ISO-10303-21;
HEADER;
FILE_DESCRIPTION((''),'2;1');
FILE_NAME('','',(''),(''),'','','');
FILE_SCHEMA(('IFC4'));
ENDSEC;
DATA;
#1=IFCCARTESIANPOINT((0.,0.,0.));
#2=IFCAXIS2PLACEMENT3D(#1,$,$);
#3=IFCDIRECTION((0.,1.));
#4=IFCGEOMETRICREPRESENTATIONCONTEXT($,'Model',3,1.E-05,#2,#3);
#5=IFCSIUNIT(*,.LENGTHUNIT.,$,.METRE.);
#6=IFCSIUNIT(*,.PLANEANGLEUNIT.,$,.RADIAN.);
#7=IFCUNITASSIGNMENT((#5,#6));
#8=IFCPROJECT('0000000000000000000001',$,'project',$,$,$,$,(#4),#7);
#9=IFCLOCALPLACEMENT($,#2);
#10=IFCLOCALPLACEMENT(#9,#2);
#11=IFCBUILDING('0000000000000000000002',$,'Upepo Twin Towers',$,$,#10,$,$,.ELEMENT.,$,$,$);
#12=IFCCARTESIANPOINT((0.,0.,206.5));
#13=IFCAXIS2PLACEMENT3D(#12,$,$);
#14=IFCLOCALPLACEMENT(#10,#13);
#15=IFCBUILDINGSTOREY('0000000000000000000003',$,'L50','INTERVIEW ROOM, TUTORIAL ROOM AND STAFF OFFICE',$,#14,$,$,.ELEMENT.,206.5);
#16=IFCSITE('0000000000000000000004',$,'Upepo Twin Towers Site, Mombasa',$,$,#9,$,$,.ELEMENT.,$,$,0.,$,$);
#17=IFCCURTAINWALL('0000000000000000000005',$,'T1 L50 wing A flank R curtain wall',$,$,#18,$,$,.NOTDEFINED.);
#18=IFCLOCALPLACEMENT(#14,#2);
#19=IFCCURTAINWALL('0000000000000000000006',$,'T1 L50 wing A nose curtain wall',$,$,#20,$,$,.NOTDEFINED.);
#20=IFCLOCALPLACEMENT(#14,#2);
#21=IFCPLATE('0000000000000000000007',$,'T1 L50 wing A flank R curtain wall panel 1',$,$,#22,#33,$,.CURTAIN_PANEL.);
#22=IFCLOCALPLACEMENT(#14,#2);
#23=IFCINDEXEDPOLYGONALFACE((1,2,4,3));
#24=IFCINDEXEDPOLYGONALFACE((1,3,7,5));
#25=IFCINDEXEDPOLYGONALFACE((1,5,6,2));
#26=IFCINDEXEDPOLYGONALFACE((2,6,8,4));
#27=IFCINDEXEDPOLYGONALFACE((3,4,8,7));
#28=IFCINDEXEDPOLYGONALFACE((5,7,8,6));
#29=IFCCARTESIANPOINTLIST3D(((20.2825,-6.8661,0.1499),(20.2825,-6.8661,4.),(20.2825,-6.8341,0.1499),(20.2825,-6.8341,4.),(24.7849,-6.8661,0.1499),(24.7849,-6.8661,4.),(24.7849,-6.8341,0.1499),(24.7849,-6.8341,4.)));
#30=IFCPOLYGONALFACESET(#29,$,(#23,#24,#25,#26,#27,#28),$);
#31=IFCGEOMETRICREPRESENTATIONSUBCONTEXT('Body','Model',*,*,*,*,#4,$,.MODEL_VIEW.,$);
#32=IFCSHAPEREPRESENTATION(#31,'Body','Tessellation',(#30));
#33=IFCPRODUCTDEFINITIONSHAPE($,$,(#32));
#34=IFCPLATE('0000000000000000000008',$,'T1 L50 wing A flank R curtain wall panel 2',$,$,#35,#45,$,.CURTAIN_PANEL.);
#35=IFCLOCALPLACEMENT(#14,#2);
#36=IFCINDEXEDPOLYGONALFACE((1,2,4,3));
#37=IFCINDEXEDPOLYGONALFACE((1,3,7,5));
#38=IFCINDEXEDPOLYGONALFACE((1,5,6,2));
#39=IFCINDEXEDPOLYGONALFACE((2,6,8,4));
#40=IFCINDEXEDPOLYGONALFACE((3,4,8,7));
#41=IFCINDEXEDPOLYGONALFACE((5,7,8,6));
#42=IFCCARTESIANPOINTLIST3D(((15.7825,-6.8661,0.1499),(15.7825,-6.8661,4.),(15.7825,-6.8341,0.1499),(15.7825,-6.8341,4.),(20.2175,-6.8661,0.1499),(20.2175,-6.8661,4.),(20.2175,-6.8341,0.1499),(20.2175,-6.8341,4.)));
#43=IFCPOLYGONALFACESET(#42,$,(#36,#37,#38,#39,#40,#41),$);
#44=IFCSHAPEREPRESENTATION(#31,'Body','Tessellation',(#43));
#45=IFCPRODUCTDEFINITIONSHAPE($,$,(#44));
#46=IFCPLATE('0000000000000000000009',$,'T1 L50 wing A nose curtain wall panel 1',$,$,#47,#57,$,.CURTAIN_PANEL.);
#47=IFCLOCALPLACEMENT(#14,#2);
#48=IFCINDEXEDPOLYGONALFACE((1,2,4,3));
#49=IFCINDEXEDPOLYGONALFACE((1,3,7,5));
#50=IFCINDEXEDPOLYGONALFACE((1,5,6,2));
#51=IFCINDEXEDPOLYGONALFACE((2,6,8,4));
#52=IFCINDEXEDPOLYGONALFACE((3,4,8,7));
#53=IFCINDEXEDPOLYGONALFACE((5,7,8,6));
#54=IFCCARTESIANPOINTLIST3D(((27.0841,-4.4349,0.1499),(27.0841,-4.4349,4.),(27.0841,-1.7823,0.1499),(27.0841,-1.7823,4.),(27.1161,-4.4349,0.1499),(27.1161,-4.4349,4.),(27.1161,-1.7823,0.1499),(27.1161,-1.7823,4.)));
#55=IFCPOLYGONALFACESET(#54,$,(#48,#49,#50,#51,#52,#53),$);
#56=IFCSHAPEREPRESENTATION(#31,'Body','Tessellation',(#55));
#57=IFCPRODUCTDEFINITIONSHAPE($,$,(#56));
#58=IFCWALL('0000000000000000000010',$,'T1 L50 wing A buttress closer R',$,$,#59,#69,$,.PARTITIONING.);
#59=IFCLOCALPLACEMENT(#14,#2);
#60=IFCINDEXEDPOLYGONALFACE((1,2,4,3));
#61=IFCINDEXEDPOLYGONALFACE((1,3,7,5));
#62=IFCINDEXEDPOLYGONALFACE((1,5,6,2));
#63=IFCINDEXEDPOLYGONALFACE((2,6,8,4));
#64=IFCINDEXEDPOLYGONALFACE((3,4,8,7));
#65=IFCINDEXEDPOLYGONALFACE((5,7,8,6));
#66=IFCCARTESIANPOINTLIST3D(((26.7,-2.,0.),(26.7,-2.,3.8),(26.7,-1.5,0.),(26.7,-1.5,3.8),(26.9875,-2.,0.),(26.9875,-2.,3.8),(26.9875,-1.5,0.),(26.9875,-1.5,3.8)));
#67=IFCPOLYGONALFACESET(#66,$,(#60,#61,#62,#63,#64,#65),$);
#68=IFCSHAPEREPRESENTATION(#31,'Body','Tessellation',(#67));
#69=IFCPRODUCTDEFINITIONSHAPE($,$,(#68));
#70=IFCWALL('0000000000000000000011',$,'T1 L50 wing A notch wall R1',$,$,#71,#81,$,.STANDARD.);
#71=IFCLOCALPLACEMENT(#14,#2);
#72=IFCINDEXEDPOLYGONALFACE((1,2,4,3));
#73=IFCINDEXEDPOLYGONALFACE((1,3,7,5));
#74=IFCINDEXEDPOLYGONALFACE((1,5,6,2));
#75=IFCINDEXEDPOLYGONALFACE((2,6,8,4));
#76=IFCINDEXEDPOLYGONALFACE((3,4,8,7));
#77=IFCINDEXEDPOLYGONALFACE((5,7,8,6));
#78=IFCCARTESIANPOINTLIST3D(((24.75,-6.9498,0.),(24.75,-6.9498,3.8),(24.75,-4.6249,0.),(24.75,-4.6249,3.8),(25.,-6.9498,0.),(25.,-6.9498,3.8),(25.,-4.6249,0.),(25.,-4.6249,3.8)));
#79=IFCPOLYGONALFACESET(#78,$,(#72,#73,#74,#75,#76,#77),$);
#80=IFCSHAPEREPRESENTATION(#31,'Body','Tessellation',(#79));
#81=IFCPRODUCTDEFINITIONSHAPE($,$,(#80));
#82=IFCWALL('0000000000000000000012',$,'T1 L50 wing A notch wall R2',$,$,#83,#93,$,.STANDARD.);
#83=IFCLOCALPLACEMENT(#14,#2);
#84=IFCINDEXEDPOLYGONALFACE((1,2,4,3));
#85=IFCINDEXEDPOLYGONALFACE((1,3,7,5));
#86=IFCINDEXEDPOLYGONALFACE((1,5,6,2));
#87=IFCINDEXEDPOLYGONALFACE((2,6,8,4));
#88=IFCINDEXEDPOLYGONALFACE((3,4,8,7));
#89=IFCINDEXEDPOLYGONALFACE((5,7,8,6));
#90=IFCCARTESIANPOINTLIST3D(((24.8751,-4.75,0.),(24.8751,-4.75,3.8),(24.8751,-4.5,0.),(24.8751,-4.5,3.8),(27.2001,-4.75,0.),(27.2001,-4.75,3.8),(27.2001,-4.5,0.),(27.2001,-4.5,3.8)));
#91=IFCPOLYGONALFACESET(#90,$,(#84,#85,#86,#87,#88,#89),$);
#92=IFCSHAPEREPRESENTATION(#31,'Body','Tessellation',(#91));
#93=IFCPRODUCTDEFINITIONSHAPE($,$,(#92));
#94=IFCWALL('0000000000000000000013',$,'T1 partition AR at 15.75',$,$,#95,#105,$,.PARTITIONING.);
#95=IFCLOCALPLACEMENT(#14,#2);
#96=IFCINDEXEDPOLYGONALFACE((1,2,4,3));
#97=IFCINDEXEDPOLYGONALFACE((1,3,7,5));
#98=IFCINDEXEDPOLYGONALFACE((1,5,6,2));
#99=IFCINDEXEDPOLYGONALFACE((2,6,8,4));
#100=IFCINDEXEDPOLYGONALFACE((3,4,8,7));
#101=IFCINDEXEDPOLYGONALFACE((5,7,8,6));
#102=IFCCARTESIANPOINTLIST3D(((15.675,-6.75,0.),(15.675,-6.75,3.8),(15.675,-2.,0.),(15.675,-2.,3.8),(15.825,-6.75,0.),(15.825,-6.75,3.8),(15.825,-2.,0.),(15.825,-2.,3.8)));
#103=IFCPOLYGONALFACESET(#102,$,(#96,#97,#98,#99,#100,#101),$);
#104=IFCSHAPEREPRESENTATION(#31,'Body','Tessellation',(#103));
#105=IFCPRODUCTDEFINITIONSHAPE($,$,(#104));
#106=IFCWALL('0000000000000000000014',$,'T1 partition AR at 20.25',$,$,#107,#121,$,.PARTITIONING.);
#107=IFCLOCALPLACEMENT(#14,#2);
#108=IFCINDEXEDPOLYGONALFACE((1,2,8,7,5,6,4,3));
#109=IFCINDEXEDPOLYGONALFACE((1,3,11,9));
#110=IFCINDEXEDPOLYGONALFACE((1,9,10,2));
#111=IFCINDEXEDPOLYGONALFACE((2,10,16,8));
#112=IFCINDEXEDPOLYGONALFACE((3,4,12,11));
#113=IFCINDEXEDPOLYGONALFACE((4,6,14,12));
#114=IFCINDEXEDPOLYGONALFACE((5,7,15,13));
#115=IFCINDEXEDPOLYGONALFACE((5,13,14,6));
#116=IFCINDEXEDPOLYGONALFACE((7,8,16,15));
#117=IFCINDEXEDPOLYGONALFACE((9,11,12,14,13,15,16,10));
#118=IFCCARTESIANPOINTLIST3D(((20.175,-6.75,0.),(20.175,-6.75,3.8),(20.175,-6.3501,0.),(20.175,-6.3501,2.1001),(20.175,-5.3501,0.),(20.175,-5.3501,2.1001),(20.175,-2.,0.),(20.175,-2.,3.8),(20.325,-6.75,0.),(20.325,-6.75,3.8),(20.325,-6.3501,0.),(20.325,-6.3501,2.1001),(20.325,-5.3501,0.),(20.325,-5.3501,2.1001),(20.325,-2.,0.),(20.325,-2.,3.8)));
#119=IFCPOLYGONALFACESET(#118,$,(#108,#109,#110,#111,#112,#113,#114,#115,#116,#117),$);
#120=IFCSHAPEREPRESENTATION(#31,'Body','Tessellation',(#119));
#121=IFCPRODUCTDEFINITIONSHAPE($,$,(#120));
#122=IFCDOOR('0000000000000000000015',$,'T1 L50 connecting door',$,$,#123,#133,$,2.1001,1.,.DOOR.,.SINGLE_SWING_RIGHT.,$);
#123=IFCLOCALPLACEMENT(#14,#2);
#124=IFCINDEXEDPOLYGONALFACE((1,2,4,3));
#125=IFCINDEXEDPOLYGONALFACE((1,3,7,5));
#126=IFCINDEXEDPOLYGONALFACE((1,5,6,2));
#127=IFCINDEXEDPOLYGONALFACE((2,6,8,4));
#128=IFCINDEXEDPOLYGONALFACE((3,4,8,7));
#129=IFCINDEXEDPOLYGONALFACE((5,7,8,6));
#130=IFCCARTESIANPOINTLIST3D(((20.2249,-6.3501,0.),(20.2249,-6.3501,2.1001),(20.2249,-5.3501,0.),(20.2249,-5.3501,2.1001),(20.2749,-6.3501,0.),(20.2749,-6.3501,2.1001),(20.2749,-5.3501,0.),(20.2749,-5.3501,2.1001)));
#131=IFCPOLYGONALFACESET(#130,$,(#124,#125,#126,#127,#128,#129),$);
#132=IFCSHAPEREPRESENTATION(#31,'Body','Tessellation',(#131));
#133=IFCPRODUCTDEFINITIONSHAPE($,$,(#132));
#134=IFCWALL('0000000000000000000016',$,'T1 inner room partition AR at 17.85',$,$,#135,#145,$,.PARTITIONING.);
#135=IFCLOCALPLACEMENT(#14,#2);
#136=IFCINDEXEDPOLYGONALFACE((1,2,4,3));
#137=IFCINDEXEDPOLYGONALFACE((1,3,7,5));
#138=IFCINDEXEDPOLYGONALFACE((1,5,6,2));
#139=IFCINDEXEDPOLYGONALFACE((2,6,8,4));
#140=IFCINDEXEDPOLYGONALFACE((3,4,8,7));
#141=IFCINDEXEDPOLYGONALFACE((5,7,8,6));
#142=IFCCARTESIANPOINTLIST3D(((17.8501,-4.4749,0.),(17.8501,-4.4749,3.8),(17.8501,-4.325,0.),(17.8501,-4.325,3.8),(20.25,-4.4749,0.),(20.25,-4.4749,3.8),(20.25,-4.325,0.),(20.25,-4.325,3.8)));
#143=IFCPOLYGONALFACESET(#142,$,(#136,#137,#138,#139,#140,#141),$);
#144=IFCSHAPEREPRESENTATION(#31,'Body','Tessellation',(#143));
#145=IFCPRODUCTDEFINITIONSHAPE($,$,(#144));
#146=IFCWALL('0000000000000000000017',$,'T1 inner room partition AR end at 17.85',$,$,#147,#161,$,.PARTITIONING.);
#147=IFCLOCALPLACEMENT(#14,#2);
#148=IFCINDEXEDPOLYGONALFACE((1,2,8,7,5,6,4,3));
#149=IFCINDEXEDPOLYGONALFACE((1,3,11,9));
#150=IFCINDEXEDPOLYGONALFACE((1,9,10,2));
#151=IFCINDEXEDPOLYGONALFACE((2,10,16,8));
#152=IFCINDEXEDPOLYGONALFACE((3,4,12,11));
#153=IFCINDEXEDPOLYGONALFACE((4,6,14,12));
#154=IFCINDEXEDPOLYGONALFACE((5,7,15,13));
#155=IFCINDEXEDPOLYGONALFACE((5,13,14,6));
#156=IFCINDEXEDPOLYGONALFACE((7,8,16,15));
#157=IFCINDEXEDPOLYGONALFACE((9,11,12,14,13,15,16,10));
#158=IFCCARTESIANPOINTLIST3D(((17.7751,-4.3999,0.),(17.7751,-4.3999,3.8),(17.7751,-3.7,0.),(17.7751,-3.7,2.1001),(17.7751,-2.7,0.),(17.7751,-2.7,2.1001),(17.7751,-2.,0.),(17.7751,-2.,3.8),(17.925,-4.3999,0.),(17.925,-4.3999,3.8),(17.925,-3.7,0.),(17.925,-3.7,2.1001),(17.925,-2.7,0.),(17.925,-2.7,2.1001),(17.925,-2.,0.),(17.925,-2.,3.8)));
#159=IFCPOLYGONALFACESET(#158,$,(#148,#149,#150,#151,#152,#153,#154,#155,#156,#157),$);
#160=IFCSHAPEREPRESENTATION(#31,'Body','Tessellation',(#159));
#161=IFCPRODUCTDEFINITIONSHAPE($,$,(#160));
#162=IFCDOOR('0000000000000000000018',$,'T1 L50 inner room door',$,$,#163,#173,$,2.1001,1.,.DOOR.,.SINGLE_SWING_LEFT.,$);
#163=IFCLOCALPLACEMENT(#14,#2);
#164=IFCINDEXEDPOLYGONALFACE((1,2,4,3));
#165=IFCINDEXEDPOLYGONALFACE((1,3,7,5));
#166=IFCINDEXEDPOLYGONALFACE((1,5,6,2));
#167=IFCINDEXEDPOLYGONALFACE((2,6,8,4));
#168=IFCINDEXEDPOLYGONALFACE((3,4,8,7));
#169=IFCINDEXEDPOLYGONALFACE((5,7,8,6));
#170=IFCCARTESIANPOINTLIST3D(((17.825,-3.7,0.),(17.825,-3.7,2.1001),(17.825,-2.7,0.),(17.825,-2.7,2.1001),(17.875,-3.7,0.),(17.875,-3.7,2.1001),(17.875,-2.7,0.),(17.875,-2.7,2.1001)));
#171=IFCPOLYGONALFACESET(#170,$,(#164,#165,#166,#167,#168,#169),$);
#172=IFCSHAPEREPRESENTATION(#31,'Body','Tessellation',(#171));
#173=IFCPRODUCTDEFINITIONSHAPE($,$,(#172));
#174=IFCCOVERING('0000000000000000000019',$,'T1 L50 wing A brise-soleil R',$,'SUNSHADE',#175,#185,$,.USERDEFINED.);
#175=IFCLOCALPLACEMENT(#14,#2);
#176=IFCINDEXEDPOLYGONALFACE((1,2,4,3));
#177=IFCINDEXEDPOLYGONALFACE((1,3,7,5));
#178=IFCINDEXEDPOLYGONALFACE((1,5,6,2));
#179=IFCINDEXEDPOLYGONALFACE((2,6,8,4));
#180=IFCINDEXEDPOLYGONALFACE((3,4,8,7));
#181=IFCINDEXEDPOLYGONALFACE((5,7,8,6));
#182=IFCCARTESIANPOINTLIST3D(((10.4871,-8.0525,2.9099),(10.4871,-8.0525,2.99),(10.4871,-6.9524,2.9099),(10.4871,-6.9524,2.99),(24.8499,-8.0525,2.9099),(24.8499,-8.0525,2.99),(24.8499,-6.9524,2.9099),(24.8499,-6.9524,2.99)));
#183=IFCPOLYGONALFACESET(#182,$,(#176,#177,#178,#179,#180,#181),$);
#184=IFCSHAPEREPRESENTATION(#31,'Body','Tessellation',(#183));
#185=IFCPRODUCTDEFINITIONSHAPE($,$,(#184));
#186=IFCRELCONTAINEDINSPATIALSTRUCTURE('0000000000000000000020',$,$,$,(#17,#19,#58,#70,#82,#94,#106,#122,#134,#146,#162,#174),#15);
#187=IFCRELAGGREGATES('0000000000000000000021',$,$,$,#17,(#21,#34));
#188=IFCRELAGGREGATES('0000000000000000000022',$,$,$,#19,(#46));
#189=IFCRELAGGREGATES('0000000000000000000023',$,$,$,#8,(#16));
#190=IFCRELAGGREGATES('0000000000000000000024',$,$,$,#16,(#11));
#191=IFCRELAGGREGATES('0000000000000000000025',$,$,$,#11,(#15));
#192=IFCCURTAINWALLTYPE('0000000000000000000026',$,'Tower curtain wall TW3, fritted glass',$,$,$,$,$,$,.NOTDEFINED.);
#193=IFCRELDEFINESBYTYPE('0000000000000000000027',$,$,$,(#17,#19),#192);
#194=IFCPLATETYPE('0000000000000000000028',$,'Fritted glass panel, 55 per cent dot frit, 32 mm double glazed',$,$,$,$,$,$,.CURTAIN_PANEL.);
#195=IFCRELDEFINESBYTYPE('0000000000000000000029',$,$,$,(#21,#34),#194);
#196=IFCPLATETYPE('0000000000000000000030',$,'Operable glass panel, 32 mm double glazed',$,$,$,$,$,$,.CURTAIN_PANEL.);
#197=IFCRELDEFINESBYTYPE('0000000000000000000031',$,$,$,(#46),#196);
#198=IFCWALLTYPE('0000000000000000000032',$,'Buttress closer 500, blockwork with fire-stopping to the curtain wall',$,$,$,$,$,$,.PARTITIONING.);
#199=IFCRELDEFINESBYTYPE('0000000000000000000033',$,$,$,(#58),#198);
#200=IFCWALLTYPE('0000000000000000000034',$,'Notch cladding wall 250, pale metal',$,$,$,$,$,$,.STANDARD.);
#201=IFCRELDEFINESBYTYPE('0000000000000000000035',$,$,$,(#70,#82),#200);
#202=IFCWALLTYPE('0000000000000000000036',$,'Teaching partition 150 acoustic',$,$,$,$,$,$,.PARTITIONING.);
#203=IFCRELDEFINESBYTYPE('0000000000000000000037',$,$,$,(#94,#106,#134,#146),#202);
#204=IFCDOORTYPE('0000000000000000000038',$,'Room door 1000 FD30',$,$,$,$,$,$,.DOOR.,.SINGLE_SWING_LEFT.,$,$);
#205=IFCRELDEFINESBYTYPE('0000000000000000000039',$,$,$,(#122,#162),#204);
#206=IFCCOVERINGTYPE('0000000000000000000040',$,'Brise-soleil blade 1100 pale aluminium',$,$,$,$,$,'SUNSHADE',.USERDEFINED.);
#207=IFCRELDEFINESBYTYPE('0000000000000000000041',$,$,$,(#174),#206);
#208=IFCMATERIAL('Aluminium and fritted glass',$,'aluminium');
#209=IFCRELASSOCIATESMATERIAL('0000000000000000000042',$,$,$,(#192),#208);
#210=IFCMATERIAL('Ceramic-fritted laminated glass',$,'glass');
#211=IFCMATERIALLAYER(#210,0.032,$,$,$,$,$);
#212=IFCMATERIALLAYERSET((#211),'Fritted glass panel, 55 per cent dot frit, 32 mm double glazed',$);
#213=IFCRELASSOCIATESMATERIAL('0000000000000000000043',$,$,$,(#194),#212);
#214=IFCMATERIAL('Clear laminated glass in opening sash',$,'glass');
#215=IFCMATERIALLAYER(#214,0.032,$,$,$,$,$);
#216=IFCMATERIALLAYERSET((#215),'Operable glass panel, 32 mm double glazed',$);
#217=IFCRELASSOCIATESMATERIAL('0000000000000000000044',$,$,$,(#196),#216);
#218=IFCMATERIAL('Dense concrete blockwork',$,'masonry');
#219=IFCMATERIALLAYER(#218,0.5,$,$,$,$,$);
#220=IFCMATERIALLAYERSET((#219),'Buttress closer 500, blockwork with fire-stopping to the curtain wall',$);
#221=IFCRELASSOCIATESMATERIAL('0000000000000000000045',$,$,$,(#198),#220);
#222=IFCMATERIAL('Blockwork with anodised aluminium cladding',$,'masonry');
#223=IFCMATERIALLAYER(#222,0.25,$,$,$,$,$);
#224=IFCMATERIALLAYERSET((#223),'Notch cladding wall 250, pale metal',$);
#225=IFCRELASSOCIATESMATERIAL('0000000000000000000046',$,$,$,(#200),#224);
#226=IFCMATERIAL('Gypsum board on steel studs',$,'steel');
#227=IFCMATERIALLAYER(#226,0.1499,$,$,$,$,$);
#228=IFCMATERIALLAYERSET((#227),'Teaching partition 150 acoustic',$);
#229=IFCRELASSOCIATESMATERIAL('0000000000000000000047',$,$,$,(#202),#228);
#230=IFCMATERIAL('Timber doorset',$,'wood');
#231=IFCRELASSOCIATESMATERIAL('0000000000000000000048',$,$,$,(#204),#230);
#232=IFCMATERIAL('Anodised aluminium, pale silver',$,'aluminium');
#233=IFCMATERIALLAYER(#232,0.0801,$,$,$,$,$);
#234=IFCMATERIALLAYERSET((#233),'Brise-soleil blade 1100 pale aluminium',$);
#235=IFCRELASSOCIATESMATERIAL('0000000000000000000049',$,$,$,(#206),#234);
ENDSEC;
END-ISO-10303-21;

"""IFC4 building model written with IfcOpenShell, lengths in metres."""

from ifc_helpers import new_model, si_unit, direction, frame, frame_2d, origin, origin_2d, place, context, subcontext, project, spatial, rectangle, extrude, material, layer, layer_set, type_object, element, fill, aggregate, save


model = new_model("IFC4")

# Units and contexts
model_context = context("Model", 3, precision=1e-05, world=origin(), true_north=direction((0.0, 1.0)))
body_context = subcontext(model_context, "Body", "Model", "MODEL_VIEW")
ifc_project = project(units=[si_unit("LENGTHUNIT", "METRE"), si_unit("PLANEANGLEUNIT", "RADIAN")], contexts=[model_context])

# Site, building, storey
site_placement = place(None, origin())
site = spatial("IfcSite", under=ifc_project, at=site_placement, Name="Upepo Twin Towers Site, Mombasa", CompositionType="ELEMENT", RefElevation=0.0)
building_placement = place(site_placement, origin())
building = spatial("IfcBuilding", under=site, at=building_placement, Name="Upepo Twin Towers", CompositionType="ELEMENT")
storey_placement = place(building_placement, frame((0.0, 0.0, 206.5)))
storey = spatial("IfcBuildingStorey", under=building, at=storey_placement, Name="L50", Description="INTERVIEW ROOM, TUTORIAL ROOM AND STAFF OFFICE", CompositionType="ELEMENT", Elevation=206.5)

# Curtain wall
ifc_material_1 = material(Name="Aluminium and fritted glass", Category="aluminium")
curtain_wall_type = type_object("IfcCurtainWallType", Name="Tower curtain wall TW3, fritted glass", PredefinedType="NOTDEFINED", material=ifc_material_1)
curtain_wall_1_placement = place(storey_placement, origin())
curtain_wall_1 = element("IfcCurtainWall", 1, at=curtain_wall_1_placement, inside=storey, type_object=curtain_wall_type, Name="T1 L50 wing A flank R curtain wall", PredefinedType="NOTDEFINED")

# Curtain wall
curtain_wall_2_placement = place(storey_placement, origin())
curtain_wall_2 = element("IfcCurtainWall", 2, at=curtain_wall_2_placement, inside=storey, type_object=curtain_wall_type, Name="T1 L50 wing A nose curtain wall", PredefinedType="NOTDEFINED")

# Plates
ifc_material_2 = material(Name="Ceramic-fritted laminated glass", Category="glass")
ifc_layer_1 = layer(ifc_material_2, 0.032)
ifc_layer_set_1 = layer_set([ifc_layer_1], Name="Fritted glass panel, 55 per cent dot frit, 32 mm double glazed")
plate_type_1 = type_object("IfcPlateType", Name="Fritted glass panel, 55 per cent dot frit, 32 mm double glazed", PredefinedType="CURTAIN_PANEL", material=ifc_layer_set_1)
plate_1_placement = place(storey_placement, frame((22.5337, -6.8501, 0.1499), z_axis=(0.0, 0.0, 1.0), x_axis=(-1.0, 0.0, 0.0)))
plate_1 = element("IfcPlate", 3, at=plate_1_placement, type_object=plate_type_1, Name="T1 L50 wing A flank R curtain wall panel 1", PredefinedType="CURTAIN_PANEL", context=body_context, shape_type="SweptSolid", body=[
    extrude(rectangle(XDim=4.5024, YDim=0.032, at=origin_2d()), origin(), (0.0, 0.0, 1.0), 3.8501),
])
plate_2_placement = place(storey_placement, frame((18.0, -6.8501, 0.1499), z_axis=(0.0, 0.0, 1.0), x_axis=(-1.0, 0.0, 0.0)))
plate_2 = element("IfcPlate", 4, at=plate_2_placement, type_object=plate_type_1, Name="T1 L50 wing A flank R curtain wall panel 2", PredefinedType="CURTAIN_PANEL", context=body_context, shape_type="SweptSolid", body=[
    extrude(rectangle(XDim=4.4351, YDim=0.032, at=origin_2d()), origin(), (0.0, 0.0, 1.0), 3.8501),
])
aggregate(curtain_wall_1, [plate_1, plate_2])
ifc_material_3 = material(Name="Clear laminated glass in opening sash", Category="glass")
ifc_layer_2 = layer(ifc_material_3, 0.032)
ifc_layer_set_2 = layer_set([ifc_layer_2], Name="Operable glass panel, 32 mm double glazed")
plate_type_2 = type_object("IfcPlateType", Name="Operable glass panel, 32 mm double glazed", PredefinedType="CURTAIN_PANEL", material=ifc_layer_set_2)
plate_3_placement = place(storey_placement, frame((27.1001, -3.1086, 0.1499), z_axis=(0.0, 0.0, 1.0), x_axis=(0.0, 1.0, 0.0)))
plate_3 = element("IfcPlate", 5, at=plate_3_placement, type_object=plate_type_2, Name="T1 L50 wing A nose curtain wall panel 1", PredefinedType="CURTAIN_PANEL", context=body_context, shape_type="SweptSolid", body=[
    extrude(rectangle(XDim=2.6526, YDim=0.032, at=origin_2d()), origin(), (0.0, 0.0, 1.0), 3.8501),
])
aggregate(curtain_wall_2, [plate_3])

# Walls
ifc_material_4 = material(Name="Dense concrete blockwork", Category="masonry")
ifc_layer_3 = layer(ifc_material_4, 0.5)
ifc_layer_set_3 = layer_set([ifc_layer_3], Name="Buttress closer 500, blockwork with fire-stopping to the curtain wall")
wall_type_1 = type_object("IfcWallType", Name="Buttress closer 500, blockwork with fire-stopping to the curtain wall", PredefinedType="PARTITIONING", material=ifc_layer_set_3)
wall_1_placement = place(storey_placement, frame((26.7, -1.75, 0.0), z_axis=(0.0, 0.0, 1.0), x_axis=(1.0, 0.0, 0.0)))
element("IfcWall", 6, at=wall_1_placement, inside=storey, type_object=wall_type_1, Name="T1 L50 wing A buttress closer R", PredefinedType="PARTITIONING", context=body_context, shape_type="SweptSolid", body=[
    extrude(rectangle(XDim=0.2876, YDim=0.5, at=frame_2d((0.1438, 0.0))), origin(), (0.0, 0.0, 1.0), 3.8),
])
ifc_material_5 = material(Name="Blockwork with anodised aluminium cladding", Category="masonry")
ifc_layer_4 = layer(ifc_material_5, 0.25)
ifc_layer_set_4 = layer_set([ifc_layer_4], Name="Notch cladding wall 250, pale metal")
wall_type_2 = type_object("IfcWallType", Name="Notch cladding wall 250, pale metal", PredefinedType="STANDARD", material=ifc_layer_set_4)
for number, where, z_axis, x_axis, name in (
    (7, (24.875, -6.95, 0.0), (0.0, 0.0, 1.0), (0.0, 1.0, 0.0), "T1 L50 wing A notch wall R1"),
    (8, (24.875, -4.625, 0.0), (0.0, 0.0, 1.0), (1.0, 0.0, 0.0), "T1 L50 wing A notch wall R2"),
):
    element("IfcWall", number, at=place(storey_placement, frame(where, z_axis=z_axis, x_axis=x_axis)), inside=storey, type_object=wall_type_2, Name=name, PredefinedType="STANDARD", context=body_context, shape_type="SweptSolid", body=[
        extrude(rectangle(XDim=2.325, YDim=0.25, at=frame_2d((1.1626, 0.0))), origin(), (0.0, 0.0, 1.0), 3.8),
    ])
ifc_material_6 = material(Name="Gypsum board on steel studs", Category="steel")
ifc_layer_5 = layer(ifc_material_6, 0.1499)
ifc_layer_set_5 = layer_set([ifc_layer_5], Name="Teaching partition 150 acoustic")
wall_type_3 = type_object("IfcWallType", Name="Teaching partition 150 acoustic", PredefinedType="PARTITIONING", material=ifc_layer_set_5)
wall_2_placement = place(storey_placement, frame((15.75, -2.0, 0.0), z_axis=(0.0, 0.0, 1.0), x_axis=(0.0, -1.0, 0.0)))
element("IfcWall", 9, at=wall_2_placement, inside=storey, type_object=wall_type_3, Name="T1 partition AR at 15.75", PredefinedType="PARTITIONING", context=body_context, shape_type="SweptSolid", body=[
    extrude(rectangle(XDim=4.75, YDim=0.1499, at=frame_2d((2.375, 0.0))), origin(), (0.0, 0.0, 1.0), 3.8),
])

# Wall, opening, door
wall_3_placement = place(storey_placement, frame((20.25, -2.0, 0.0), z_axis=(0.0, 0.0, 1.0), x_axis=(0.0, -1.0, 0.0)))
wall_3 = element("IfcWall", 10, at=wall_3_placement, inside=storey, type_object=wall_type_3, Name="T1 partition AR at 20.25", PredefinedType="PARTITIONING", context=body_context, shape_type="SweptSolid", body=[
    extrude(rectangle(XDim=4.75, YDim=0.1499, at=frame_2d((2.375, 0.0))), origin(), (0.0, 0.0, 1.0), 3.8),
])
opening_1_placement = place(wall_3_placement, frame((3.3501, 0.0, 0.0)))
opening_1 = element("IfcOpeningElement", 11, at=opening_1_placement, cuts=wall_3, PredefinedType="OPENING", context=body_context, shape_type="SweptSolid", body=[
    extrude(rectangle(XDim=1.0, YDim=2.1001, at=frame_2d((0.5, 1.05))), frame((0.0, 0.085, 0.0), z_axis=(0.0, -1.0, 0.0), x_axis=(1.0, 0.0, 0.0)), (0.0, 0.0, 1.0), 0.1699),
])
ifc_material_7 = material(Name="Timber doorset", Category="wood")
door_type = type_object("IfcDoorType", Name="Room door 1000 FD30", OperationType="SINGLE_SWING_LEFT", PredefinedType="DOOR", material=ifc_material_7)
door_1_placement = place(opening_1_placement, origin())
door_1 = element("IfcDoor", 12, at=door_1_placement, inside=storey, type_object=door_type, Name="T1 L50 connecting door", OperationType="SINGLE_SWING_RIGHT", OverallHeight=2.1001, OverallWidth=1.0, PredefinedType="DOOR", context=body_context, shape_type="SweptSolid", body=[
    extrude(rectangle(XDim=1.0, YDim=2.1001, at=frame_2d((0.5, 1.05))), frame((0.0, 0.0249, 0.0), z_axis=(0.0, -1.0, 0.0), x_axis=(1.0, 0.0, 0.0)), (0.0, 0.0, 1.0), 0.05),
])
fill(opening_1, door_1)

# Wall
wall_4_placement = place(storey_placement, frame((17.8501, -4.3999, 0.0), z_axis=(0.0, 0.0, 1.0), x_axis=(1.0, 0.0, 0.0)))
element("IfcWall", 13, at=wall_4_placement, inside=storey, type_object=wall_type_3, Name="T1 inner room partition AR at 17.85", PredefinedType="PARTITIONING", context=body_context, shape_type="SweptSolid", body=[
    extrude(rectangle(XDim=2.3999, YDim=0.1499, at=frame_2d((1.2, 0.0))), origin(), (0.0, 0.0, 1.0), 3.8),
])

# Wall, opening, door
wall_5_placement = place(storey_placement, frame((17.8501, -2.0, 0.0), z_axis=(0.0, 0.0, 1.0), x_axis=(0.0, -1.0, 0.0)))
wall_5 = element("IfcWall", 14, at=wall_5_placement, inside=storey, type_object=wall_type_3, Name="T1 inner room partition AR end at 17.85", PredefinedType="PARTITIONING", context=body_context, shape_type="SweptSolid", body=[
    extrude(rectangle(XDim=2.3999, YDim=0.1499, at=frame_2d((1.2, 0.0))), origin(), (0.0, 0.0, 1.0), 3.8),
])
opening_2_placement = place(wall_5_placement, frame((0.7, 0.0, 0.0)))
opening_2 = element("IfcOpeningElement", 15, at=opening_2_placement, cuts=wall_5, PredefinedType="OPENING", context=body_context, shape_type="SweptSolid", body=[
    extrude(rectangle(XDim=1.0, YDim=2.1001, at=frame_2d((0.5, 1.05))), frame((0.0, 0.085, 0.0), z_axis=(0.0, -1.0, 0.0), x_axis=(1.0, 0.0, 0.0)), (0.0, 0.0, 1.0), 0.1699),
])
door_2_placement = place(opening_2_placement, origin())
door_2 = element("IfcDoor", 16, at=door_2_placement, inside=storey, type_object=door_type, Name="T1 L50 inner room door", OperationType="SINGLE_SWING_LEFT", OverallHeight=2.1001, OverallWidth=1.0, PredefinedType="DOOR", context=body_context, shape_type="SweptSolid", body=[
    extrude(rectangle(XDim=1.0, YDim=2.1001, at=frame_2d((0.5, 1.05))), frame((0.0, 0.0249, 0.0), z_axis=(0.0, -1.0, 0.0), x_axis=(1.0, 0.0, 0.0)), (0.0, 0.0, 1.0), 0.05),
])
fill(opening_2, door_2)

# Covering
ifc_material_8 = material(Name="Anodised aluminium, pale silver", Category="aluminium")
ifc_layer_6 = layer(ifc_material_8, 0.0801)
ifc_layer_set_6 = layer_set([ifc_layer_6], Name="Brise-soleil blade 1100 pale aluminium")
covering_type = type_object("IfcCoveringType", Name="Brise-soleil blade 1100 pale aluminium", ElementType="SUNSHADE", PredefinedType="USERDEFINED", material=ifc_layer_set_6)
covering_placement = place(storey_placement, frame((17.6685, -7.5024, 2.9099), z_axis=(0.0, 0.0, 1.0), x_axis=(1.0, 0.0, 0.0)))
element("IfcCovering", 17, at=covering_placement, inside=storey, type_object=covering_type, Name="T1 L50 wing A brise-soleil R", ObjectType="SUNSHADE", PredefinedType="USERDEFINED", context=body_context, shape_type="SweptSolid", body=[
    extrude(rectangle(XDim=14.3628, YDim=1.1001, at=origin_2d()), origin(), (0.0, 0.0, 1.0), 0.0801),
])

save(model, "model.ifc")
